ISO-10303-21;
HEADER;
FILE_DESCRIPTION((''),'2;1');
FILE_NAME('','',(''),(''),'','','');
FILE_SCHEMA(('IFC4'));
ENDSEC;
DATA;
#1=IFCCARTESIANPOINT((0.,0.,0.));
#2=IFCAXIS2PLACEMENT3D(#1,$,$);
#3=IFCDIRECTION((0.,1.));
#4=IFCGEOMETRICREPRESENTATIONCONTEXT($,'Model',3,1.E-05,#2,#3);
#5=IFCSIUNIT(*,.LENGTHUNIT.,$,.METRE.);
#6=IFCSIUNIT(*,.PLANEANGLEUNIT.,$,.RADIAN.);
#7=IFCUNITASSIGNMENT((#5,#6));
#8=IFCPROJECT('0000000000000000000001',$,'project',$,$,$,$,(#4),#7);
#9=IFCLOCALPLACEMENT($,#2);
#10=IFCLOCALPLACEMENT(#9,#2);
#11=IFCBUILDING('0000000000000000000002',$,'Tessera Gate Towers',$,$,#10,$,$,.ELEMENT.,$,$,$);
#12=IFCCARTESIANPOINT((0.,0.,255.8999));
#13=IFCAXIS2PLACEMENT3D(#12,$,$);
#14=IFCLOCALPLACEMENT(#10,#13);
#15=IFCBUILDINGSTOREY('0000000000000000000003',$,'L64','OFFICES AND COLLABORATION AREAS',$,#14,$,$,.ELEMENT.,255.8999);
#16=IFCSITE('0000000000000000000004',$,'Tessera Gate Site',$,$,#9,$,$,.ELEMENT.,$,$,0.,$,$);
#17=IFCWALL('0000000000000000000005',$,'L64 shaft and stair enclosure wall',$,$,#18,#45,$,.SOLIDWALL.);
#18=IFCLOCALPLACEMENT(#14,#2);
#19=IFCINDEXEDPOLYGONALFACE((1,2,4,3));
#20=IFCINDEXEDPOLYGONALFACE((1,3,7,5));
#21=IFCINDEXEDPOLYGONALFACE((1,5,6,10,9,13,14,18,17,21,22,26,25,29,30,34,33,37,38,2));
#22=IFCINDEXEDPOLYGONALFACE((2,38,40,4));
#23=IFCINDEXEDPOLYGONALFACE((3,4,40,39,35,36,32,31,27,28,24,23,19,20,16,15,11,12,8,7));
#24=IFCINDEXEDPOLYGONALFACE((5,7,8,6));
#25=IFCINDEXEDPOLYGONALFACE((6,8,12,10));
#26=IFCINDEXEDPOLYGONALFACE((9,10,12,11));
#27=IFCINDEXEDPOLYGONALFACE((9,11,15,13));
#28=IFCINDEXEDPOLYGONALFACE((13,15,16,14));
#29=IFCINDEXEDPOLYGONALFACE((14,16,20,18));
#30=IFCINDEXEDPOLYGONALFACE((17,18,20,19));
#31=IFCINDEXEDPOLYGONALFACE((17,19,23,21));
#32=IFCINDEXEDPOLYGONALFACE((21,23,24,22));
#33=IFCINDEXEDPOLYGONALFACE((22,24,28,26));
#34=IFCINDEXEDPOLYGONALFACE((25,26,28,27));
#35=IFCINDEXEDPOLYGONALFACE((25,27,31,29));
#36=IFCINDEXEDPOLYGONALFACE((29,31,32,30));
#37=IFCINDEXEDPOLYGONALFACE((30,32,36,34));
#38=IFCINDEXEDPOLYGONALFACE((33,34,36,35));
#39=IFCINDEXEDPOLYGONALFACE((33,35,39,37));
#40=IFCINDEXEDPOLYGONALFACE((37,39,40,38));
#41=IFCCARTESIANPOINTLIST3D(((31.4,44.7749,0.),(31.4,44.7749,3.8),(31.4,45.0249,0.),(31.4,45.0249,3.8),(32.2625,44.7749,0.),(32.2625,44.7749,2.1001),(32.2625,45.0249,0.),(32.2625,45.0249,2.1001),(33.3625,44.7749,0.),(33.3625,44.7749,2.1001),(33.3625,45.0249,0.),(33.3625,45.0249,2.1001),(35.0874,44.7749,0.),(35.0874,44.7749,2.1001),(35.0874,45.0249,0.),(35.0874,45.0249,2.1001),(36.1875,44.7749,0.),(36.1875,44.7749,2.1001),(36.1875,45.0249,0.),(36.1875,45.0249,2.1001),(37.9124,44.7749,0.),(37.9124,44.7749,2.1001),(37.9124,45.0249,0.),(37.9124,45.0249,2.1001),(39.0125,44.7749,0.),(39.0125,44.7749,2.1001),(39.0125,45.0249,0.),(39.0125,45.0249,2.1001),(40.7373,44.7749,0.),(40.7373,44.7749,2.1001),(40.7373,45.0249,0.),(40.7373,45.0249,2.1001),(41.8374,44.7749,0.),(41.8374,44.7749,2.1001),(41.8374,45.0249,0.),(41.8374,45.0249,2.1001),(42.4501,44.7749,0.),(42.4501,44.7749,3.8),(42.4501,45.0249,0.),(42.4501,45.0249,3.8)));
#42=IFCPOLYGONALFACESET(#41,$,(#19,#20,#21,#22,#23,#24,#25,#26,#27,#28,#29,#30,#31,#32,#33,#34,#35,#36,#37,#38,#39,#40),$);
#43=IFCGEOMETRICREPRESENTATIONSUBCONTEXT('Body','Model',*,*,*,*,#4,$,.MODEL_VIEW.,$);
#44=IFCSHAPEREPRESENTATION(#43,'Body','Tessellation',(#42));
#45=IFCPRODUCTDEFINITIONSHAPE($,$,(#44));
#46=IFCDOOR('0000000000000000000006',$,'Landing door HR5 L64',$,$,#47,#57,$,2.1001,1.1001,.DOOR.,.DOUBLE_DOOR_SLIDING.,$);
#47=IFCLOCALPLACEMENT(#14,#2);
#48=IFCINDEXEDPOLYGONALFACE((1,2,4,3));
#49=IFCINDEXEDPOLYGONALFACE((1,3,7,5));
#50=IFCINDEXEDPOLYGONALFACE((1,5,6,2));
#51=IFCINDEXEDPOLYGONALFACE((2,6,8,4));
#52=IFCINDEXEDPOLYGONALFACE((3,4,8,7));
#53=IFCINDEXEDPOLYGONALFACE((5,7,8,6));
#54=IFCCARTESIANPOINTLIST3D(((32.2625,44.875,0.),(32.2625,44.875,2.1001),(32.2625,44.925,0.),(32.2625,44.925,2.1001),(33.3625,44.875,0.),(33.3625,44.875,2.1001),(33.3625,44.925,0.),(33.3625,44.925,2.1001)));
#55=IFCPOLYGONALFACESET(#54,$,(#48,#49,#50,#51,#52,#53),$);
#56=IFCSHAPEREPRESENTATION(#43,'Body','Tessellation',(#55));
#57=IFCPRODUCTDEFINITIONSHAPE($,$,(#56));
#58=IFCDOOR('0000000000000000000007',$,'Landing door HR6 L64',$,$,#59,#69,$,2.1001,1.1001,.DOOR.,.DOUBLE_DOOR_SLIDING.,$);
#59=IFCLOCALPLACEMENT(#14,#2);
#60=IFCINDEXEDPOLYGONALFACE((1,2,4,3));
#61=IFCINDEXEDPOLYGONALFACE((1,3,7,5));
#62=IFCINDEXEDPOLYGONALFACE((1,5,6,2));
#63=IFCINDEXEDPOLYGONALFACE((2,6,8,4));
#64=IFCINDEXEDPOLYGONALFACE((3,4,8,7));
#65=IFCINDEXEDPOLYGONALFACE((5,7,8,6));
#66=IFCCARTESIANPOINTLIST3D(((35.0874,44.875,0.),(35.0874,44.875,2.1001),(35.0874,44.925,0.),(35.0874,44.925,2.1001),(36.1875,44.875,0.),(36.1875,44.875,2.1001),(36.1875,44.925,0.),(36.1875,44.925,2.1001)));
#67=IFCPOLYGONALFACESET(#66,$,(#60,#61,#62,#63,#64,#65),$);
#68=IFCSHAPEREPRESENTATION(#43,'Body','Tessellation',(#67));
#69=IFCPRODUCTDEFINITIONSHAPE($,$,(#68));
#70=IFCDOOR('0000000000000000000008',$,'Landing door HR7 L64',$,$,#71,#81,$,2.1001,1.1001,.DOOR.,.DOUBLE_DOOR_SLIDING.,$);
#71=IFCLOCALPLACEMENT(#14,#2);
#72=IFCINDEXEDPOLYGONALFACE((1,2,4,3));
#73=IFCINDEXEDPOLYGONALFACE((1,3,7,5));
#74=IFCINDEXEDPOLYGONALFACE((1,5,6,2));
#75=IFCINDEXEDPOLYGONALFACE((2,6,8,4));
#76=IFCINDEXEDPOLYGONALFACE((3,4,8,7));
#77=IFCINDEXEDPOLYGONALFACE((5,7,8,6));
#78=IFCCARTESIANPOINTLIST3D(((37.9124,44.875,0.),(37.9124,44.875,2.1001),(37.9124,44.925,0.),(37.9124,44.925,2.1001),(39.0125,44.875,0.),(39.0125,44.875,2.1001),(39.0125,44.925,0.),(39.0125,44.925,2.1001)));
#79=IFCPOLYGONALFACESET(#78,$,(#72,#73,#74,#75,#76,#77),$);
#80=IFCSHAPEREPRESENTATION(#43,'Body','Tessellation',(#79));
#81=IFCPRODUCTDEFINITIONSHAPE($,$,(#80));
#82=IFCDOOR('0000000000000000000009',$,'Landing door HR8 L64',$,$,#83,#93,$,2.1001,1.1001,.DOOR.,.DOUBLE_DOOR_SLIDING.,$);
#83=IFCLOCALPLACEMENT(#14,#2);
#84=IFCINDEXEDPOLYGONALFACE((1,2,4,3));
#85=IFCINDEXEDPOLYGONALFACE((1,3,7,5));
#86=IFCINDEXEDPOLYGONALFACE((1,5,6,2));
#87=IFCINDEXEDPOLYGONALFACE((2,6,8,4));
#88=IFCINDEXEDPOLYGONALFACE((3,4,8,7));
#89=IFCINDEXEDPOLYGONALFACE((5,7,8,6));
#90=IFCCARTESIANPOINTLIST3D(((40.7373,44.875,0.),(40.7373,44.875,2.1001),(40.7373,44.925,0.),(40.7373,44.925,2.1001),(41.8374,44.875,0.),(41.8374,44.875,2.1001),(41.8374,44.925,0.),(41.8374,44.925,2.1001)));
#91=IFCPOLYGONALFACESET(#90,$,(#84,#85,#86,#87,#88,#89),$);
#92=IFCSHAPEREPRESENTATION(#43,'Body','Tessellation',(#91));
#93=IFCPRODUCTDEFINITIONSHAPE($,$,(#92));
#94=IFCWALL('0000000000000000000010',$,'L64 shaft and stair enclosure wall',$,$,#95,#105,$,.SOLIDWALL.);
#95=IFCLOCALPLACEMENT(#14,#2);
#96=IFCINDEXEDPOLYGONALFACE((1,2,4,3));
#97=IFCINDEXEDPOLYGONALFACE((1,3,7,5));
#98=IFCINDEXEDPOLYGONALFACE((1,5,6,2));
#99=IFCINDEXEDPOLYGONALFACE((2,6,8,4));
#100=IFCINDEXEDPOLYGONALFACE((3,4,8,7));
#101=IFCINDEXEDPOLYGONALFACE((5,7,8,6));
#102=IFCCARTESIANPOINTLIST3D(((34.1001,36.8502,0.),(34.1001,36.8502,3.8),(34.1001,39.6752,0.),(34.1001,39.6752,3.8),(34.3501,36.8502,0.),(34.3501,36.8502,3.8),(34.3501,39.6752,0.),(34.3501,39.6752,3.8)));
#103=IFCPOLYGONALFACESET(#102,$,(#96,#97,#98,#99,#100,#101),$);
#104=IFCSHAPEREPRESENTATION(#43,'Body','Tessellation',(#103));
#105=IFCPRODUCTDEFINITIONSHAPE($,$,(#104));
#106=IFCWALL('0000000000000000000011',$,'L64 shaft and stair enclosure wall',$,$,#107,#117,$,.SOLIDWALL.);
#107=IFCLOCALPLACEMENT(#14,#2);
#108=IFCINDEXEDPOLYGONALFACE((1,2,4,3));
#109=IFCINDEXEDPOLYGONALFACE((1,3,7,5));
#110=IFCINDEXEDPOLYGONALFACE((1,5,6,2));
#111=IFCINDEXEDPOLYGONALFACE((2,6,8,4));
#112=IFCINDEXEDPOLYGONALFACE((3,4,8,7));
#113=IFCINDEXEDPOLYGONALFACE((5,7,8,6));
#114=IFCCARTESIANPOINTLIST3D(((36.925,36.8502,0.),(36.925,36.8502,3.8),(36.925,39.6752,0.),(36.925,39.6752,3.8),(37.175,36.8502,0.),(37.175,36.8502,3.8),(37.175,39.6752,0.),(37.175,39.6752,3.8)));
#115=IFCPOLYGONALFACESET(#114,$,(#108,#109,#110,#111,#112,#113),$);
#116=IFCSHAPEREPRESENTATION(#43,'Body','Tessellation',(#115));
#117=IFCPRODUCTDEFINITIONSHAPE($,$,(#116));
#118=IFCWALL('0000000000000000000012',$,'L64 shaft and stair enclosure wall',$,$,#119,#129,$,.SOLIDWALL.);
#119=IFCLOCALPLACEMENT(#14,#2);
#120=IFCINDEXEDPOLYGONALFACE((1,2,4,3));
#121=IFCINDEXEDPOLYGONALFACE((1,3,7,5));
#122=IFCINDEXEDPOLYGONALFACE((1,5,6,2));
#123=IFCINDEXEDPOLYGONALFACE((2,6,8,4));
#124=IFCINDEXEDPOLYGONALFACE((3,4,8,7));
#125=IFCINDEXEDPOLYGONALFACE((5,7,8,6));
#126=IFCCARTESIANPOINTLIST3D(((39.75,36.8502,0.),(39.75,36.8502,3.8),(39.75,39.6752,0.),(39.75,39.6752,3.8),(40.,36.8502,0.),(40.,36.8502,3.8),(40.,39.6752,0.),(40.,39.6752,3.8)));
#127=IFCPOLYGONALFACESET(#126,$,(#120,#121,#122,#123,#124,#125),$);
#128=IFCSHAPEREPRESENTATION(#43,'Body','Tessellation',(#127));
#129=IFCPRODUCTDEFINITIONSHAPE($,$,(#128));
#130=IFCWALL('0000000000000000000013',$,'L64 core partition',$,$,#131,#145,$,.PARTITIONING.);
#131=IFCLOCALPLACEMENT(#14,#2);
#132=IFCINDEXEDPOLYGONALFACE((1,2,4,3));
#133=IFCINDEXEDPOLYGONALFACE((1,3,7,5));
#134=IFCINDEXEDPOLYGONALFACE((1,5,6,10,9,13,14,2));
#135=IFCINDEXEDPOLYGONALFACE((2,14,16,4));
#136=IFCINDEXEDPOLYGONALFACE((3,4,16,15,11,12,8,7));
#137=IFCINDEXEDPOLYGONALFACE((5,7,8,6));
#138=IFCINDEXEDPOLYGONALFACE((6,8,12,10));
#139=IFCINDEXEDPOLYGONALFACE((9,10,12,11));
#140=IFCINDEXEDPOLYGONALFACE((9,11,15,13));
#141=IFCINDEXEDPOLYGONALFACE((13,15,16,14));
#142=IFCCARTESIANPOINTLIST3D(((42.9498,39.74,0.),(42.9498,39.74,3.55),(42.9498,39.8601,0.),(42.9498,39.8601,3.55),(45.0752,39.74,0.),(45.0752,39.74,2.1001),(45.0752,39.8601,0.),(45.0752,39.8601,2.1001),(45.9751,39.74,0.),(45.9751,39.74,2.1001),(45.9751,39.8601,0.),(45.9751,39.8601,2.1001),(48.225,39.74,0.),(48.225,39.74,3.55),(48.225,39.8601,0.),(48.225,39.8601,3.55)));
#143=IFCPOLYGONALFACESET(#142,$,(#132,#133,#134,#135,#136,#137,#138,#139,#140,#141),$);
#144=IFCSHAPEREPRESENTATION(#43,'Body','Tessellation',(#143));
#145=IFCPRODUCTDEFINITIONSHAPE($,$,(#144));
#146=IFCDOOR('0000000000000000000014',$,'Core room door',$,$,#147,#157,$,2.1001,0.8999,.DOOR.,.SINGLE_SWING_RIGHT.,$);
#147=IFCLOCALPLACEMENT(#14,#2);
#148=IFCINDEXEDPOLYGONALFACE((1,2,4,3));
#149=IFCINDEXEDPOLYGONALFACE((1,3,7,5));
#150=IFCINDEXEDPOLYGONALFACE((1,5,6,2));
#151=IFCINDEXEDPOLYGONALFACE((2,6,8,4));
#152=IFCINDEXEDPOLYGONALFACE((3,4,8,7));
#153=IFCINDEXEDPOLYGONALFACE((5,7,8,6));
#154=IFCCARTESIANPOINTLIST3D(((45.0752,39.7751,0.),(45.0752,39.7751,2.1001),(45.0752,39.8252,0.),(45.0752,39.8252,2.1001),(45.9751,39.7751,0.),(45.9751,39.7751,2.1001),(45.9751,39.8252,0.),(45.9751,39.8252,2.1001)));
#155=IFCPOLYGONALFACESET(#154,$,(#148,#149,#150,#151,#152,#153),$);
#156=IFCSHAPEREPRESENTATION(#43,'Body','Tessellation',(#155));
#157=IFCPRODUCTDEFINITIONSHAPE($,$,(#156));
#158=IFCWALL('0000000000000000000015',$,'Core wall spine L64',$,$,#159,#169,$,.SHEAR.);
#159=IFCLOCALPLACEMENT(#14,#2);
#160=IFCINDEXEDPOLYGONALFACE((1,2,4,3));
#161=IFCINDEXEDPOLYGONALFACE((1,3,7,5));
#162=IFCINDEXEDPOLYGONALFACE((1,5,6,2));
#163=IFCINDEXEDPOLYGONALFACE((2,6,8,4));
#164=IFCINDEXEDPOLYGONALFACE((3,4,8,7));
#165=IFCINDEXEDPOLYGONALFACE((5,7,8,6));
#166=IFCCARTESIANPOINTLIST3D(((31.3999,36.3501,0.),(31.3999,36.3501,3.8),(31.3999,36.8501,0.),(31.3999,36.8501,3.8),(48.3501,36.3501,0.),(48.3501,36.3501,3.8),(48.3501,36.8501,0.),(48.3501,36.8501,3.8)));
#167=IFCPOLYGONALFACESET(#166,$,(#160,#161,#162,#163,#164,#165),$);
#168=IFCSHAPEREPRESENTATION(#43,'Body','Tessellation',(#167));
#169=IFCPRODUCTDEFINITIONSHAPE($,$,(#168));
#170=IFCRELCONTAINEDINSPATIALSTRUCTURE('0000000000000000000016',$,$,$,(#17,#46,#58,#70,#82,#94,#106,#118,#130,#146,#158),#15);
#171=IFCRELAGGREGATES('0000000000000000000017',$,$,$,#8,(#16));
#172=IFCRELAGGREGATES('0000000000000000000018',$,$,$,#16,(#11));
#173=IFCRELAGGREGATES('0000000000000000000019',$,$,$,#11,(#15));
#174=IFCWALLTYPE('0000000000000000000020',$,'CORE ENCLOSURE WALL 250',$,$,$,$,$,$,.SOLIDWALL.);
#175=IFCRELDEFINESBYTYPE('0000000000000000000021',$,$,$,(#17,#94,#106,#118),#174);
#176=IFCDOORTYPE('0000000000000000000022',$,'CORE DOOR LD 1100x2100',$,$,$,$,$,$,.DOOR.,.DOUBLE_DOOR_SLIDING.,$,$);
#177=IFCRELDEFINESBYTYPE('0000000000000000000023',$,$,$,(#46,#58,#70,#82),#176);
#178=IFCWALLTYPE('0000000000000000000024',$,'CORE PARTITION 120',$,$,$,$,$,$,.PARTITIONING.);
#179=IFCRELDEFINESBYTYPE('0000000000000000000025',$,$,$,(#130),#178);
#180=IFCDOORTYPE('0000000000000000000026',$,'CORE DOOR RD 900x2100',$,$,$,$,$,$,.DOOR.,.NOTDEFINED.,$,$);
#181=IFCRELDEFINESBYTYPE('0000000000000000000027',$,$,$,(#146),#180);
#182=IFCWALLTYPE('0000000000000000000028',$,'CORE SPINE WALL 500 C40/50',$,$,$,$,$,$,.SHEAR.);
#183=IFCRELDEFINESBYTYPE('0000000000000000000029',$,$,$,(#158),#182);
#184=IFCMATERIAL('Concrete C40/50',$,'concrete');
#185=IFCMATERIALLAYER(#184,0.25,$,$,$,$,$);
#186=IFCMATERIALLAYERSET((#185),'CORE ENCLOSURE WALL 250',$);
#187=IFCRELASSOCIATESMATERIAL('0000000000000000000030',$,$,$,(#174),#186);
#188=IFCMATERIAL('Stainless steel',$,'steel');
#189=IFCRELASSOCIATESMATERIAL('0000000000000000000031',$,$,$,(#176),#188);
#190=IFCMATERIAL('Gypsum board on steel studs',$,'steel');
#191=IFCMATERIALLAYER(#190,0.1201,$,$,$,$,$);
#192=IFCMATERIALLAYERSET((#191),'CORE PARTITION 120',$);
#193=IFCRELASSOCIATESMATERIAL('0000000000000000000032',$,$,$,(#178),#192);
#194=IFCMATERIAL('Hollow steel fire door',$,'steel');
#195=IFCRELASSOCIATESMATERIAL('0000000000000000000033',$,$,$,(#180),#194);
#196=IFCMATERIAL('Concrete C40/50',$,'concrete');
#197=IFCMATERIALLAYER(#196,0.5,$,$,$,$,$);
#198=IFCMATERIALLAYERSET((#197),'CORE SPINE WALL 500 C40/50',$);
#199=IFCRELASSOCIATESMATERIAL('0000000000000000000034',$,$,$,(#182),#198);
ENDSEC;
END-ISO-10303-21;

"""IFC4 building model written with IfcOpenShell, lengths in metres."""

from ifc_helpers import new_model, si_unit, direction, frame, frame_2d, origin, place, context, subcontext, project, spatial, rectangle, extrude, source, transform, mapped, material, layer, layer_set, type_object, element, fill, save


model = new_model("IFC4")

# Units and contexts
model_context = context("Model", 3, precision=1e-05, world=origin(), true_north=direction((0.0, 1.0)))
body_context = subcontext(model_context, "Body", "Model", "MODEL_VIEW")
ifc_project = project(units=[si_unit("LENGTHUNIT", "METRE"), si_unit("PLANEANGLEUNIT", "RADIAN")], contexts=[model_context])

# Site, building, storey
site_placement = place(None, origin())
site = spatial("IfcSite", under=ifc_project, at=site_placement, Name="Tessera Gate Site", CompositionType="ELEMENT", RefElevation=0.0)
building_placement = place(site_placement, origin())
building = spatial("IfcBuilding", under=site, at=building_placement, Name="Tessera Gate Towers", CompositionType="ELEMENT")
storey_placement = place(building_placement, frame((0.0, 0.0, 255.8999)))
storey = spatial("IfcBuildingStorey", under=building, at=storey_placement, Name="L64", Description="OFFICES AND COLLABORATION AREAS", CompositionType="ELEMENT", Elevation=255.8999)

# Wall, openings, doors
ifc_material_1 = material(Name="Concrete C40/50", Category="concrete")
ifc_layer_1 = layer(ifc_material_1, 0.25)
ifc_layer_set_1 = layer_set([ifc_layer_1], Name="CORE ENCLOSURE WALL 250")
wall_type_1 = type_object("IfcWallType", Name="CORE ENCLOSURE WALL 250", PredefinedType="SOLIDWALL", material=ifc_layer_set_1)
shared_shape_1 = source(origin(), body_context, "Body", "SweptSolid", [
    extrude(rectangle(XDim=1.1001, YDim=2.1001, at=frame_2d((0.55, 1.05))), frame((0.0, 0.135, 0.0), z_axis=(0.0, -1.0, 0.0), x_axis=(1.0, 0.0, 0.0)), (0.0, 0.0, 1.0), 0.27),
])
ifc_material_2 = material(Name="Stainless steel", Category="steel")
door_type_1 = type_object("IfcDoorType", Name="CORE DOOR LD 1100x2100", OperationType="DOUBLE_DOOR_SLIDING", PredefinedType="DOOR", material=ifc_material_2)
shared_shape_2 = source(origin(), body_context, "Body", "SweptSolid", [
    extrude(rectangle(XDim=1.1001, YDim=2.1001, at=frame_2d((0.55, 1.05))), frame((0.0, 0.0249, 0.0), z_axis=(0.0, -1.0, 0.0), x_axis=(1.0, 0.0, 0.0)), (0.0, 0.0, 1.0), 0.05),
])
wall_1_placement = place(storey_placement, frame((42.45, 44.8999, 0.0), z_axis=(0.0, 0.0, 1.0), x_axis=(-1.0, 0.0, 0.0)))
wall_1 = element("IfcWall", 1, at=wall_1_placement, inside=storey, type_object=wall_type_1, Name="L64 shaft and stair enclosure wall", PredefinedType="SOLIDWALL", context=body_context, shape_type="SweptSolid", body=[
    extrude(rectangle(XDim=11.05, YDim=0.25, at=frame_2d((5.5249, 0.0))), origin(), (0.0, 0.0, 1.0), 3.8),
])
opening_1_placement = place(wall_1_placement, frame((9.0874, 0.0, 0.0)))
opening_1 = element("IfcOpeningElement", 2, at=opening_1_placement, cuts=wall_1, PredefinedType="OPENING", context=body_context, shape_type="MappedRepresentation", body=[
    mapped(shared_shape_1, transform((0.0, 0.0, 0.0), scale=1.0)),
])
opening_2_placement = place(wall_1_placement, frame((6.2625, 0.0, 0.0)))
opening_2 = element("IfcOpeningElement", 3, at=opening_2_placement, cuts=wall_1, PredefinedType="OPENING", context=body_context, shape_type="MappedRepresentation", body=[
    mapped(shared_shape_1, transform((0.0, 0.0, 0.0), scale=1.0)),
])
opening_3_placement = place(wall_1_placement, frame((3.4375, 0.0, 0.0)))
opening_3 = element("IfcOpeningElement", 4, at=opening_3_placement, cuts=wall_1, PredefinedType="OPENING", context=body_context, shape_type="MappedRepresentation", body=[
    mapped(shared_shape_1, transform((0.0, 0.0, 0.0), scale=1.0)),
])
opening_4_placement = place(wall_1_placement, frame((0.6125, 0.0, 0.0)))
opening_4 = element("IfcOpeningElement", 5, at=opening_4_placement, cuts=wall_1, PredefinedType="OPENING", context=body_context, shape_type="MappedRepresentation", body=[
    mapped(shared_shape_1, transform((0.0, 0.0, 0.0), scale=1.0)),
])
door_1_placement = place(opening_1_placement, origin())
door_1 = element("IfcDoor", 6, at=door_1_placement, inside=storey, type_object=door_type_1, Name="Landing door HR5 L64", OperationType="DOUBLE_DOOR_SLIDING", OverallHeight=2.1001, OverallWidth=1.1001, PredefinedType="DOOR", context=body_context, shape_type="MappedRepresentation", body=[
    mapped(shared_shape_2, transform((0.0, 0.0, 0.0), scale=1.0)),
])
fill(opening_1, door_1)
door_2_placement = place(opening_2_placement, origin())
door_2 = element("IfcDoor", 7, at=door_2_placement, inside=storey, type_object=door_type_1, Name="Landing door HR6 L64", OperationType="DOUBLE_DOOR_SLIDING", OverallHeight=2.1001, OverallWidth=1.1001, PredefinedType="DOOR", context=body_context, shape_type="MappedRepresentation", body=[
    mapped(shared_shape_2, transform((0.0, 0.0, 0.0), scale=1.0)),
])
fill(opening_2, door_2)
door_3_placement = place(opening_3_placement, origin())
door_3 = element("IfcDoor", 8, at=door_3_placement, inside=storey, type_object=door_type_1, Name="Landing door HR7 L64", OperationType="DOUBLE_DOOR_SLIDING", OverallHeight=2.1001, OverallWidth=1.1001, PredefinedType="DOOR", context=body_context, shape_type="MappedRepresentation", body=[
    mapped(shared_shape_2, transform((0.0, 0.0, 0.0), scale=1.0)),
])
fill(opening_3, door_3)
door_4_placement = place(opening_4_placement, origin())
door_4 = element("IfcDoor", 9, at=door_4_placement, inside=storey, type_object=door_type_1, Name="Landing door HR8 L64", OperationType="DOUBLE_DOOR_SLIDING", OverallHeight=2.1001, OverallWidth=1.1001, PredefinedType="DOOR", context=body_context, shape_type="MappedRepresentation", body=[
    mapped(shared_shape_2, transform((0.0, 0.0, 0.0), scale=1.0)),
])
fill(opening_4, door_4)

# Walls
for number, where, z_axis, x_axis, name in (
    (10, (34.2251, 36.8501, 0.0), (0.0, 0.0, 1.0), (0.0, 1.0, 0.0), "L64 shaft and stair enclosure wall"),
    (11, (37.05, 36.8501, 0.0), (0.0, 0.0, 1.0), (0.0, 1.0, 0.0), "L64 shaft and stair enclosure wall"),
    (12, (39.875, 36.8501, 0.0), (0.0, 0.0, 1.0), (0.0, 1.0, 0.0), "L64 shaft and stair enclosure wall"),
):
    element("IfcWall", number, at=place(storey_placement, frame(where, z_axis=z_axis, x_axis=x_axis)), inside=storey, type_object=wall_type_1, Name=name, PredefinedType="SOLIDWALL", context=body_context, shape_type="SweptSolid", body=[
        extrude(rectangle(XDim=2.825, YDim=0.25, at=frame_2d((1.4126, 0.0))), origin(), (0.0, 0.0, 1.0), 3.8),
    ])

# Wall, opening, door
ifc_material_3 = material(Name="Gypsum board on steel studs", Category="steel")
ifc_layer_2 = layer(ifc_material_3, 0.1201)
ifc_layer_set_2 = layer_set([ifc_layer_2], Name="CORE PARTITION 120")
wall_type_2 = type_object("IfcWallType", Name="CORE PARTITION 120", PredefinedType="PARTITIONING", material=ifc_layer_set_2)
wall_2_placement = place(storey_placement, frame((48.2251, 39.8, 0.0), z_axis=(0.0, 0.0, 1.0), x_axis=(-1.0, 0.0, 0.0)))
wall_2 = element("IfcWall", 13, at=wall_2_placement, inside=storey, type_object=wall_type_2, Name="L64 core partition", PredefinedType="PARTITIONING", context=body_context, shape_type="SweptSolid", body=[
    extrude(rectangle(XDim=5.2751, YDim=0.1201, at=frame_2d((2.6377, 0.0))), origin(), (0.0, 0.0, 1.0), 3.55),
])
shared_shape_3 = source(origin(), body_context, "Body", "SweptSolid", [
    extrude(rectangle(XDim=0.8999, YDim=2.1001, at=frame_2d((0.45, 1.05))), frame((0.0, 0.0701, 0.0), z_axis=(0.0, -1.0, 0.0), x_axis=(1.0, 0.0, 0.0)), (0.0, 0.0, 1.0), 0.1401),
])
opening_5_placement = place(wall_2_placement, frame((2.25, 0.0, 0.0)))
opening_5 = element("IfcOpeningElement", 14, at=opening_5_placement, cuts=wall_2, PredefinedType="OPENING", context=body_context, shape_type="MappedRepresentation", body=[
    mapped(shared_shape_3, transform((0.0, 0.0, 0.0), scale=1.0)),
])
ifc_material_4 = material(Name="Hollow steel fire door", Category="steel")
door_type_2 = type_object("IfcDoorType", Name="CORE DOOR RD 900x2100", OperationType="NOTDEFINED", PredefinedType="DOOR", material=ifc_material_4)
shared_shape_4 = source(origin(), body_context, "Body", "SweptSolid", [
    extrude(rectangle(XDim=0.8999, YDim=2.1001, at=frame_2d((0.45, 1.05))), frame((0.0, 0.0249, 0.0), z_axis=(0.0, -1.0, 0.0), x_axis=(1.0, 0.0, 0.0)), (0.0, 0.0, 1.0), 0.05),
])
door_5_placement = place(opening_5_placement, origin())
door_5 = element("IfcDoor", 15, at=door_5_placement, inside=storey, type_object=door_type_2, Name="Core room door", OperationType="SINGLE_SWING_RIGHT", OverallHeight=2.1001, OverallWidth=0.8999, PredefinedType="DOOR", context=body_context, shape_type="MappedRepresentation", body=[
    mapped(shared_shape_4, transform((0.0, 0.0, 0.0), scale=1.0)),
])
fill(opening_5, door_5)

# Wall
ifc_material_5 = material(Name="Concrete C40/50", Category="concrete")
ifc_layer_3 = layer(ifc_material_5, 0.5)
ifc_layer_set_3 = layer_set([ifc_layer_3], Name="CORE SPINE WALL 500 C40/50")
wall_type_3 = type_object("IfcWallType", Name="CORE SPINE WALL 500 C40/50", PredefinedType="SHEAR", material=ifc_layer_set_3)
wall_3_placement = place(storey_placement, frame((31.3999, 36.6001, 0.0), z_axis=(0.0, 0.0, 1.0), x_axis=(1.0, 0.0, 0.0)))
element("IfcWall", 16, at=wall_3_placement, inside=storey, type_object=wall_type_3, Name="Core wall spine L64", PredefinedType="SHEAR", context=body_context, shape_type="SweptSolid", body=[
    extrude(rectangle(XDim=16.9502, YDim=0.5, at=frame_2d((8.4751, 0.0))), origin(), (0.0, 0.0, 1.0), 3.8),
])

save(model, "model.ifc")
